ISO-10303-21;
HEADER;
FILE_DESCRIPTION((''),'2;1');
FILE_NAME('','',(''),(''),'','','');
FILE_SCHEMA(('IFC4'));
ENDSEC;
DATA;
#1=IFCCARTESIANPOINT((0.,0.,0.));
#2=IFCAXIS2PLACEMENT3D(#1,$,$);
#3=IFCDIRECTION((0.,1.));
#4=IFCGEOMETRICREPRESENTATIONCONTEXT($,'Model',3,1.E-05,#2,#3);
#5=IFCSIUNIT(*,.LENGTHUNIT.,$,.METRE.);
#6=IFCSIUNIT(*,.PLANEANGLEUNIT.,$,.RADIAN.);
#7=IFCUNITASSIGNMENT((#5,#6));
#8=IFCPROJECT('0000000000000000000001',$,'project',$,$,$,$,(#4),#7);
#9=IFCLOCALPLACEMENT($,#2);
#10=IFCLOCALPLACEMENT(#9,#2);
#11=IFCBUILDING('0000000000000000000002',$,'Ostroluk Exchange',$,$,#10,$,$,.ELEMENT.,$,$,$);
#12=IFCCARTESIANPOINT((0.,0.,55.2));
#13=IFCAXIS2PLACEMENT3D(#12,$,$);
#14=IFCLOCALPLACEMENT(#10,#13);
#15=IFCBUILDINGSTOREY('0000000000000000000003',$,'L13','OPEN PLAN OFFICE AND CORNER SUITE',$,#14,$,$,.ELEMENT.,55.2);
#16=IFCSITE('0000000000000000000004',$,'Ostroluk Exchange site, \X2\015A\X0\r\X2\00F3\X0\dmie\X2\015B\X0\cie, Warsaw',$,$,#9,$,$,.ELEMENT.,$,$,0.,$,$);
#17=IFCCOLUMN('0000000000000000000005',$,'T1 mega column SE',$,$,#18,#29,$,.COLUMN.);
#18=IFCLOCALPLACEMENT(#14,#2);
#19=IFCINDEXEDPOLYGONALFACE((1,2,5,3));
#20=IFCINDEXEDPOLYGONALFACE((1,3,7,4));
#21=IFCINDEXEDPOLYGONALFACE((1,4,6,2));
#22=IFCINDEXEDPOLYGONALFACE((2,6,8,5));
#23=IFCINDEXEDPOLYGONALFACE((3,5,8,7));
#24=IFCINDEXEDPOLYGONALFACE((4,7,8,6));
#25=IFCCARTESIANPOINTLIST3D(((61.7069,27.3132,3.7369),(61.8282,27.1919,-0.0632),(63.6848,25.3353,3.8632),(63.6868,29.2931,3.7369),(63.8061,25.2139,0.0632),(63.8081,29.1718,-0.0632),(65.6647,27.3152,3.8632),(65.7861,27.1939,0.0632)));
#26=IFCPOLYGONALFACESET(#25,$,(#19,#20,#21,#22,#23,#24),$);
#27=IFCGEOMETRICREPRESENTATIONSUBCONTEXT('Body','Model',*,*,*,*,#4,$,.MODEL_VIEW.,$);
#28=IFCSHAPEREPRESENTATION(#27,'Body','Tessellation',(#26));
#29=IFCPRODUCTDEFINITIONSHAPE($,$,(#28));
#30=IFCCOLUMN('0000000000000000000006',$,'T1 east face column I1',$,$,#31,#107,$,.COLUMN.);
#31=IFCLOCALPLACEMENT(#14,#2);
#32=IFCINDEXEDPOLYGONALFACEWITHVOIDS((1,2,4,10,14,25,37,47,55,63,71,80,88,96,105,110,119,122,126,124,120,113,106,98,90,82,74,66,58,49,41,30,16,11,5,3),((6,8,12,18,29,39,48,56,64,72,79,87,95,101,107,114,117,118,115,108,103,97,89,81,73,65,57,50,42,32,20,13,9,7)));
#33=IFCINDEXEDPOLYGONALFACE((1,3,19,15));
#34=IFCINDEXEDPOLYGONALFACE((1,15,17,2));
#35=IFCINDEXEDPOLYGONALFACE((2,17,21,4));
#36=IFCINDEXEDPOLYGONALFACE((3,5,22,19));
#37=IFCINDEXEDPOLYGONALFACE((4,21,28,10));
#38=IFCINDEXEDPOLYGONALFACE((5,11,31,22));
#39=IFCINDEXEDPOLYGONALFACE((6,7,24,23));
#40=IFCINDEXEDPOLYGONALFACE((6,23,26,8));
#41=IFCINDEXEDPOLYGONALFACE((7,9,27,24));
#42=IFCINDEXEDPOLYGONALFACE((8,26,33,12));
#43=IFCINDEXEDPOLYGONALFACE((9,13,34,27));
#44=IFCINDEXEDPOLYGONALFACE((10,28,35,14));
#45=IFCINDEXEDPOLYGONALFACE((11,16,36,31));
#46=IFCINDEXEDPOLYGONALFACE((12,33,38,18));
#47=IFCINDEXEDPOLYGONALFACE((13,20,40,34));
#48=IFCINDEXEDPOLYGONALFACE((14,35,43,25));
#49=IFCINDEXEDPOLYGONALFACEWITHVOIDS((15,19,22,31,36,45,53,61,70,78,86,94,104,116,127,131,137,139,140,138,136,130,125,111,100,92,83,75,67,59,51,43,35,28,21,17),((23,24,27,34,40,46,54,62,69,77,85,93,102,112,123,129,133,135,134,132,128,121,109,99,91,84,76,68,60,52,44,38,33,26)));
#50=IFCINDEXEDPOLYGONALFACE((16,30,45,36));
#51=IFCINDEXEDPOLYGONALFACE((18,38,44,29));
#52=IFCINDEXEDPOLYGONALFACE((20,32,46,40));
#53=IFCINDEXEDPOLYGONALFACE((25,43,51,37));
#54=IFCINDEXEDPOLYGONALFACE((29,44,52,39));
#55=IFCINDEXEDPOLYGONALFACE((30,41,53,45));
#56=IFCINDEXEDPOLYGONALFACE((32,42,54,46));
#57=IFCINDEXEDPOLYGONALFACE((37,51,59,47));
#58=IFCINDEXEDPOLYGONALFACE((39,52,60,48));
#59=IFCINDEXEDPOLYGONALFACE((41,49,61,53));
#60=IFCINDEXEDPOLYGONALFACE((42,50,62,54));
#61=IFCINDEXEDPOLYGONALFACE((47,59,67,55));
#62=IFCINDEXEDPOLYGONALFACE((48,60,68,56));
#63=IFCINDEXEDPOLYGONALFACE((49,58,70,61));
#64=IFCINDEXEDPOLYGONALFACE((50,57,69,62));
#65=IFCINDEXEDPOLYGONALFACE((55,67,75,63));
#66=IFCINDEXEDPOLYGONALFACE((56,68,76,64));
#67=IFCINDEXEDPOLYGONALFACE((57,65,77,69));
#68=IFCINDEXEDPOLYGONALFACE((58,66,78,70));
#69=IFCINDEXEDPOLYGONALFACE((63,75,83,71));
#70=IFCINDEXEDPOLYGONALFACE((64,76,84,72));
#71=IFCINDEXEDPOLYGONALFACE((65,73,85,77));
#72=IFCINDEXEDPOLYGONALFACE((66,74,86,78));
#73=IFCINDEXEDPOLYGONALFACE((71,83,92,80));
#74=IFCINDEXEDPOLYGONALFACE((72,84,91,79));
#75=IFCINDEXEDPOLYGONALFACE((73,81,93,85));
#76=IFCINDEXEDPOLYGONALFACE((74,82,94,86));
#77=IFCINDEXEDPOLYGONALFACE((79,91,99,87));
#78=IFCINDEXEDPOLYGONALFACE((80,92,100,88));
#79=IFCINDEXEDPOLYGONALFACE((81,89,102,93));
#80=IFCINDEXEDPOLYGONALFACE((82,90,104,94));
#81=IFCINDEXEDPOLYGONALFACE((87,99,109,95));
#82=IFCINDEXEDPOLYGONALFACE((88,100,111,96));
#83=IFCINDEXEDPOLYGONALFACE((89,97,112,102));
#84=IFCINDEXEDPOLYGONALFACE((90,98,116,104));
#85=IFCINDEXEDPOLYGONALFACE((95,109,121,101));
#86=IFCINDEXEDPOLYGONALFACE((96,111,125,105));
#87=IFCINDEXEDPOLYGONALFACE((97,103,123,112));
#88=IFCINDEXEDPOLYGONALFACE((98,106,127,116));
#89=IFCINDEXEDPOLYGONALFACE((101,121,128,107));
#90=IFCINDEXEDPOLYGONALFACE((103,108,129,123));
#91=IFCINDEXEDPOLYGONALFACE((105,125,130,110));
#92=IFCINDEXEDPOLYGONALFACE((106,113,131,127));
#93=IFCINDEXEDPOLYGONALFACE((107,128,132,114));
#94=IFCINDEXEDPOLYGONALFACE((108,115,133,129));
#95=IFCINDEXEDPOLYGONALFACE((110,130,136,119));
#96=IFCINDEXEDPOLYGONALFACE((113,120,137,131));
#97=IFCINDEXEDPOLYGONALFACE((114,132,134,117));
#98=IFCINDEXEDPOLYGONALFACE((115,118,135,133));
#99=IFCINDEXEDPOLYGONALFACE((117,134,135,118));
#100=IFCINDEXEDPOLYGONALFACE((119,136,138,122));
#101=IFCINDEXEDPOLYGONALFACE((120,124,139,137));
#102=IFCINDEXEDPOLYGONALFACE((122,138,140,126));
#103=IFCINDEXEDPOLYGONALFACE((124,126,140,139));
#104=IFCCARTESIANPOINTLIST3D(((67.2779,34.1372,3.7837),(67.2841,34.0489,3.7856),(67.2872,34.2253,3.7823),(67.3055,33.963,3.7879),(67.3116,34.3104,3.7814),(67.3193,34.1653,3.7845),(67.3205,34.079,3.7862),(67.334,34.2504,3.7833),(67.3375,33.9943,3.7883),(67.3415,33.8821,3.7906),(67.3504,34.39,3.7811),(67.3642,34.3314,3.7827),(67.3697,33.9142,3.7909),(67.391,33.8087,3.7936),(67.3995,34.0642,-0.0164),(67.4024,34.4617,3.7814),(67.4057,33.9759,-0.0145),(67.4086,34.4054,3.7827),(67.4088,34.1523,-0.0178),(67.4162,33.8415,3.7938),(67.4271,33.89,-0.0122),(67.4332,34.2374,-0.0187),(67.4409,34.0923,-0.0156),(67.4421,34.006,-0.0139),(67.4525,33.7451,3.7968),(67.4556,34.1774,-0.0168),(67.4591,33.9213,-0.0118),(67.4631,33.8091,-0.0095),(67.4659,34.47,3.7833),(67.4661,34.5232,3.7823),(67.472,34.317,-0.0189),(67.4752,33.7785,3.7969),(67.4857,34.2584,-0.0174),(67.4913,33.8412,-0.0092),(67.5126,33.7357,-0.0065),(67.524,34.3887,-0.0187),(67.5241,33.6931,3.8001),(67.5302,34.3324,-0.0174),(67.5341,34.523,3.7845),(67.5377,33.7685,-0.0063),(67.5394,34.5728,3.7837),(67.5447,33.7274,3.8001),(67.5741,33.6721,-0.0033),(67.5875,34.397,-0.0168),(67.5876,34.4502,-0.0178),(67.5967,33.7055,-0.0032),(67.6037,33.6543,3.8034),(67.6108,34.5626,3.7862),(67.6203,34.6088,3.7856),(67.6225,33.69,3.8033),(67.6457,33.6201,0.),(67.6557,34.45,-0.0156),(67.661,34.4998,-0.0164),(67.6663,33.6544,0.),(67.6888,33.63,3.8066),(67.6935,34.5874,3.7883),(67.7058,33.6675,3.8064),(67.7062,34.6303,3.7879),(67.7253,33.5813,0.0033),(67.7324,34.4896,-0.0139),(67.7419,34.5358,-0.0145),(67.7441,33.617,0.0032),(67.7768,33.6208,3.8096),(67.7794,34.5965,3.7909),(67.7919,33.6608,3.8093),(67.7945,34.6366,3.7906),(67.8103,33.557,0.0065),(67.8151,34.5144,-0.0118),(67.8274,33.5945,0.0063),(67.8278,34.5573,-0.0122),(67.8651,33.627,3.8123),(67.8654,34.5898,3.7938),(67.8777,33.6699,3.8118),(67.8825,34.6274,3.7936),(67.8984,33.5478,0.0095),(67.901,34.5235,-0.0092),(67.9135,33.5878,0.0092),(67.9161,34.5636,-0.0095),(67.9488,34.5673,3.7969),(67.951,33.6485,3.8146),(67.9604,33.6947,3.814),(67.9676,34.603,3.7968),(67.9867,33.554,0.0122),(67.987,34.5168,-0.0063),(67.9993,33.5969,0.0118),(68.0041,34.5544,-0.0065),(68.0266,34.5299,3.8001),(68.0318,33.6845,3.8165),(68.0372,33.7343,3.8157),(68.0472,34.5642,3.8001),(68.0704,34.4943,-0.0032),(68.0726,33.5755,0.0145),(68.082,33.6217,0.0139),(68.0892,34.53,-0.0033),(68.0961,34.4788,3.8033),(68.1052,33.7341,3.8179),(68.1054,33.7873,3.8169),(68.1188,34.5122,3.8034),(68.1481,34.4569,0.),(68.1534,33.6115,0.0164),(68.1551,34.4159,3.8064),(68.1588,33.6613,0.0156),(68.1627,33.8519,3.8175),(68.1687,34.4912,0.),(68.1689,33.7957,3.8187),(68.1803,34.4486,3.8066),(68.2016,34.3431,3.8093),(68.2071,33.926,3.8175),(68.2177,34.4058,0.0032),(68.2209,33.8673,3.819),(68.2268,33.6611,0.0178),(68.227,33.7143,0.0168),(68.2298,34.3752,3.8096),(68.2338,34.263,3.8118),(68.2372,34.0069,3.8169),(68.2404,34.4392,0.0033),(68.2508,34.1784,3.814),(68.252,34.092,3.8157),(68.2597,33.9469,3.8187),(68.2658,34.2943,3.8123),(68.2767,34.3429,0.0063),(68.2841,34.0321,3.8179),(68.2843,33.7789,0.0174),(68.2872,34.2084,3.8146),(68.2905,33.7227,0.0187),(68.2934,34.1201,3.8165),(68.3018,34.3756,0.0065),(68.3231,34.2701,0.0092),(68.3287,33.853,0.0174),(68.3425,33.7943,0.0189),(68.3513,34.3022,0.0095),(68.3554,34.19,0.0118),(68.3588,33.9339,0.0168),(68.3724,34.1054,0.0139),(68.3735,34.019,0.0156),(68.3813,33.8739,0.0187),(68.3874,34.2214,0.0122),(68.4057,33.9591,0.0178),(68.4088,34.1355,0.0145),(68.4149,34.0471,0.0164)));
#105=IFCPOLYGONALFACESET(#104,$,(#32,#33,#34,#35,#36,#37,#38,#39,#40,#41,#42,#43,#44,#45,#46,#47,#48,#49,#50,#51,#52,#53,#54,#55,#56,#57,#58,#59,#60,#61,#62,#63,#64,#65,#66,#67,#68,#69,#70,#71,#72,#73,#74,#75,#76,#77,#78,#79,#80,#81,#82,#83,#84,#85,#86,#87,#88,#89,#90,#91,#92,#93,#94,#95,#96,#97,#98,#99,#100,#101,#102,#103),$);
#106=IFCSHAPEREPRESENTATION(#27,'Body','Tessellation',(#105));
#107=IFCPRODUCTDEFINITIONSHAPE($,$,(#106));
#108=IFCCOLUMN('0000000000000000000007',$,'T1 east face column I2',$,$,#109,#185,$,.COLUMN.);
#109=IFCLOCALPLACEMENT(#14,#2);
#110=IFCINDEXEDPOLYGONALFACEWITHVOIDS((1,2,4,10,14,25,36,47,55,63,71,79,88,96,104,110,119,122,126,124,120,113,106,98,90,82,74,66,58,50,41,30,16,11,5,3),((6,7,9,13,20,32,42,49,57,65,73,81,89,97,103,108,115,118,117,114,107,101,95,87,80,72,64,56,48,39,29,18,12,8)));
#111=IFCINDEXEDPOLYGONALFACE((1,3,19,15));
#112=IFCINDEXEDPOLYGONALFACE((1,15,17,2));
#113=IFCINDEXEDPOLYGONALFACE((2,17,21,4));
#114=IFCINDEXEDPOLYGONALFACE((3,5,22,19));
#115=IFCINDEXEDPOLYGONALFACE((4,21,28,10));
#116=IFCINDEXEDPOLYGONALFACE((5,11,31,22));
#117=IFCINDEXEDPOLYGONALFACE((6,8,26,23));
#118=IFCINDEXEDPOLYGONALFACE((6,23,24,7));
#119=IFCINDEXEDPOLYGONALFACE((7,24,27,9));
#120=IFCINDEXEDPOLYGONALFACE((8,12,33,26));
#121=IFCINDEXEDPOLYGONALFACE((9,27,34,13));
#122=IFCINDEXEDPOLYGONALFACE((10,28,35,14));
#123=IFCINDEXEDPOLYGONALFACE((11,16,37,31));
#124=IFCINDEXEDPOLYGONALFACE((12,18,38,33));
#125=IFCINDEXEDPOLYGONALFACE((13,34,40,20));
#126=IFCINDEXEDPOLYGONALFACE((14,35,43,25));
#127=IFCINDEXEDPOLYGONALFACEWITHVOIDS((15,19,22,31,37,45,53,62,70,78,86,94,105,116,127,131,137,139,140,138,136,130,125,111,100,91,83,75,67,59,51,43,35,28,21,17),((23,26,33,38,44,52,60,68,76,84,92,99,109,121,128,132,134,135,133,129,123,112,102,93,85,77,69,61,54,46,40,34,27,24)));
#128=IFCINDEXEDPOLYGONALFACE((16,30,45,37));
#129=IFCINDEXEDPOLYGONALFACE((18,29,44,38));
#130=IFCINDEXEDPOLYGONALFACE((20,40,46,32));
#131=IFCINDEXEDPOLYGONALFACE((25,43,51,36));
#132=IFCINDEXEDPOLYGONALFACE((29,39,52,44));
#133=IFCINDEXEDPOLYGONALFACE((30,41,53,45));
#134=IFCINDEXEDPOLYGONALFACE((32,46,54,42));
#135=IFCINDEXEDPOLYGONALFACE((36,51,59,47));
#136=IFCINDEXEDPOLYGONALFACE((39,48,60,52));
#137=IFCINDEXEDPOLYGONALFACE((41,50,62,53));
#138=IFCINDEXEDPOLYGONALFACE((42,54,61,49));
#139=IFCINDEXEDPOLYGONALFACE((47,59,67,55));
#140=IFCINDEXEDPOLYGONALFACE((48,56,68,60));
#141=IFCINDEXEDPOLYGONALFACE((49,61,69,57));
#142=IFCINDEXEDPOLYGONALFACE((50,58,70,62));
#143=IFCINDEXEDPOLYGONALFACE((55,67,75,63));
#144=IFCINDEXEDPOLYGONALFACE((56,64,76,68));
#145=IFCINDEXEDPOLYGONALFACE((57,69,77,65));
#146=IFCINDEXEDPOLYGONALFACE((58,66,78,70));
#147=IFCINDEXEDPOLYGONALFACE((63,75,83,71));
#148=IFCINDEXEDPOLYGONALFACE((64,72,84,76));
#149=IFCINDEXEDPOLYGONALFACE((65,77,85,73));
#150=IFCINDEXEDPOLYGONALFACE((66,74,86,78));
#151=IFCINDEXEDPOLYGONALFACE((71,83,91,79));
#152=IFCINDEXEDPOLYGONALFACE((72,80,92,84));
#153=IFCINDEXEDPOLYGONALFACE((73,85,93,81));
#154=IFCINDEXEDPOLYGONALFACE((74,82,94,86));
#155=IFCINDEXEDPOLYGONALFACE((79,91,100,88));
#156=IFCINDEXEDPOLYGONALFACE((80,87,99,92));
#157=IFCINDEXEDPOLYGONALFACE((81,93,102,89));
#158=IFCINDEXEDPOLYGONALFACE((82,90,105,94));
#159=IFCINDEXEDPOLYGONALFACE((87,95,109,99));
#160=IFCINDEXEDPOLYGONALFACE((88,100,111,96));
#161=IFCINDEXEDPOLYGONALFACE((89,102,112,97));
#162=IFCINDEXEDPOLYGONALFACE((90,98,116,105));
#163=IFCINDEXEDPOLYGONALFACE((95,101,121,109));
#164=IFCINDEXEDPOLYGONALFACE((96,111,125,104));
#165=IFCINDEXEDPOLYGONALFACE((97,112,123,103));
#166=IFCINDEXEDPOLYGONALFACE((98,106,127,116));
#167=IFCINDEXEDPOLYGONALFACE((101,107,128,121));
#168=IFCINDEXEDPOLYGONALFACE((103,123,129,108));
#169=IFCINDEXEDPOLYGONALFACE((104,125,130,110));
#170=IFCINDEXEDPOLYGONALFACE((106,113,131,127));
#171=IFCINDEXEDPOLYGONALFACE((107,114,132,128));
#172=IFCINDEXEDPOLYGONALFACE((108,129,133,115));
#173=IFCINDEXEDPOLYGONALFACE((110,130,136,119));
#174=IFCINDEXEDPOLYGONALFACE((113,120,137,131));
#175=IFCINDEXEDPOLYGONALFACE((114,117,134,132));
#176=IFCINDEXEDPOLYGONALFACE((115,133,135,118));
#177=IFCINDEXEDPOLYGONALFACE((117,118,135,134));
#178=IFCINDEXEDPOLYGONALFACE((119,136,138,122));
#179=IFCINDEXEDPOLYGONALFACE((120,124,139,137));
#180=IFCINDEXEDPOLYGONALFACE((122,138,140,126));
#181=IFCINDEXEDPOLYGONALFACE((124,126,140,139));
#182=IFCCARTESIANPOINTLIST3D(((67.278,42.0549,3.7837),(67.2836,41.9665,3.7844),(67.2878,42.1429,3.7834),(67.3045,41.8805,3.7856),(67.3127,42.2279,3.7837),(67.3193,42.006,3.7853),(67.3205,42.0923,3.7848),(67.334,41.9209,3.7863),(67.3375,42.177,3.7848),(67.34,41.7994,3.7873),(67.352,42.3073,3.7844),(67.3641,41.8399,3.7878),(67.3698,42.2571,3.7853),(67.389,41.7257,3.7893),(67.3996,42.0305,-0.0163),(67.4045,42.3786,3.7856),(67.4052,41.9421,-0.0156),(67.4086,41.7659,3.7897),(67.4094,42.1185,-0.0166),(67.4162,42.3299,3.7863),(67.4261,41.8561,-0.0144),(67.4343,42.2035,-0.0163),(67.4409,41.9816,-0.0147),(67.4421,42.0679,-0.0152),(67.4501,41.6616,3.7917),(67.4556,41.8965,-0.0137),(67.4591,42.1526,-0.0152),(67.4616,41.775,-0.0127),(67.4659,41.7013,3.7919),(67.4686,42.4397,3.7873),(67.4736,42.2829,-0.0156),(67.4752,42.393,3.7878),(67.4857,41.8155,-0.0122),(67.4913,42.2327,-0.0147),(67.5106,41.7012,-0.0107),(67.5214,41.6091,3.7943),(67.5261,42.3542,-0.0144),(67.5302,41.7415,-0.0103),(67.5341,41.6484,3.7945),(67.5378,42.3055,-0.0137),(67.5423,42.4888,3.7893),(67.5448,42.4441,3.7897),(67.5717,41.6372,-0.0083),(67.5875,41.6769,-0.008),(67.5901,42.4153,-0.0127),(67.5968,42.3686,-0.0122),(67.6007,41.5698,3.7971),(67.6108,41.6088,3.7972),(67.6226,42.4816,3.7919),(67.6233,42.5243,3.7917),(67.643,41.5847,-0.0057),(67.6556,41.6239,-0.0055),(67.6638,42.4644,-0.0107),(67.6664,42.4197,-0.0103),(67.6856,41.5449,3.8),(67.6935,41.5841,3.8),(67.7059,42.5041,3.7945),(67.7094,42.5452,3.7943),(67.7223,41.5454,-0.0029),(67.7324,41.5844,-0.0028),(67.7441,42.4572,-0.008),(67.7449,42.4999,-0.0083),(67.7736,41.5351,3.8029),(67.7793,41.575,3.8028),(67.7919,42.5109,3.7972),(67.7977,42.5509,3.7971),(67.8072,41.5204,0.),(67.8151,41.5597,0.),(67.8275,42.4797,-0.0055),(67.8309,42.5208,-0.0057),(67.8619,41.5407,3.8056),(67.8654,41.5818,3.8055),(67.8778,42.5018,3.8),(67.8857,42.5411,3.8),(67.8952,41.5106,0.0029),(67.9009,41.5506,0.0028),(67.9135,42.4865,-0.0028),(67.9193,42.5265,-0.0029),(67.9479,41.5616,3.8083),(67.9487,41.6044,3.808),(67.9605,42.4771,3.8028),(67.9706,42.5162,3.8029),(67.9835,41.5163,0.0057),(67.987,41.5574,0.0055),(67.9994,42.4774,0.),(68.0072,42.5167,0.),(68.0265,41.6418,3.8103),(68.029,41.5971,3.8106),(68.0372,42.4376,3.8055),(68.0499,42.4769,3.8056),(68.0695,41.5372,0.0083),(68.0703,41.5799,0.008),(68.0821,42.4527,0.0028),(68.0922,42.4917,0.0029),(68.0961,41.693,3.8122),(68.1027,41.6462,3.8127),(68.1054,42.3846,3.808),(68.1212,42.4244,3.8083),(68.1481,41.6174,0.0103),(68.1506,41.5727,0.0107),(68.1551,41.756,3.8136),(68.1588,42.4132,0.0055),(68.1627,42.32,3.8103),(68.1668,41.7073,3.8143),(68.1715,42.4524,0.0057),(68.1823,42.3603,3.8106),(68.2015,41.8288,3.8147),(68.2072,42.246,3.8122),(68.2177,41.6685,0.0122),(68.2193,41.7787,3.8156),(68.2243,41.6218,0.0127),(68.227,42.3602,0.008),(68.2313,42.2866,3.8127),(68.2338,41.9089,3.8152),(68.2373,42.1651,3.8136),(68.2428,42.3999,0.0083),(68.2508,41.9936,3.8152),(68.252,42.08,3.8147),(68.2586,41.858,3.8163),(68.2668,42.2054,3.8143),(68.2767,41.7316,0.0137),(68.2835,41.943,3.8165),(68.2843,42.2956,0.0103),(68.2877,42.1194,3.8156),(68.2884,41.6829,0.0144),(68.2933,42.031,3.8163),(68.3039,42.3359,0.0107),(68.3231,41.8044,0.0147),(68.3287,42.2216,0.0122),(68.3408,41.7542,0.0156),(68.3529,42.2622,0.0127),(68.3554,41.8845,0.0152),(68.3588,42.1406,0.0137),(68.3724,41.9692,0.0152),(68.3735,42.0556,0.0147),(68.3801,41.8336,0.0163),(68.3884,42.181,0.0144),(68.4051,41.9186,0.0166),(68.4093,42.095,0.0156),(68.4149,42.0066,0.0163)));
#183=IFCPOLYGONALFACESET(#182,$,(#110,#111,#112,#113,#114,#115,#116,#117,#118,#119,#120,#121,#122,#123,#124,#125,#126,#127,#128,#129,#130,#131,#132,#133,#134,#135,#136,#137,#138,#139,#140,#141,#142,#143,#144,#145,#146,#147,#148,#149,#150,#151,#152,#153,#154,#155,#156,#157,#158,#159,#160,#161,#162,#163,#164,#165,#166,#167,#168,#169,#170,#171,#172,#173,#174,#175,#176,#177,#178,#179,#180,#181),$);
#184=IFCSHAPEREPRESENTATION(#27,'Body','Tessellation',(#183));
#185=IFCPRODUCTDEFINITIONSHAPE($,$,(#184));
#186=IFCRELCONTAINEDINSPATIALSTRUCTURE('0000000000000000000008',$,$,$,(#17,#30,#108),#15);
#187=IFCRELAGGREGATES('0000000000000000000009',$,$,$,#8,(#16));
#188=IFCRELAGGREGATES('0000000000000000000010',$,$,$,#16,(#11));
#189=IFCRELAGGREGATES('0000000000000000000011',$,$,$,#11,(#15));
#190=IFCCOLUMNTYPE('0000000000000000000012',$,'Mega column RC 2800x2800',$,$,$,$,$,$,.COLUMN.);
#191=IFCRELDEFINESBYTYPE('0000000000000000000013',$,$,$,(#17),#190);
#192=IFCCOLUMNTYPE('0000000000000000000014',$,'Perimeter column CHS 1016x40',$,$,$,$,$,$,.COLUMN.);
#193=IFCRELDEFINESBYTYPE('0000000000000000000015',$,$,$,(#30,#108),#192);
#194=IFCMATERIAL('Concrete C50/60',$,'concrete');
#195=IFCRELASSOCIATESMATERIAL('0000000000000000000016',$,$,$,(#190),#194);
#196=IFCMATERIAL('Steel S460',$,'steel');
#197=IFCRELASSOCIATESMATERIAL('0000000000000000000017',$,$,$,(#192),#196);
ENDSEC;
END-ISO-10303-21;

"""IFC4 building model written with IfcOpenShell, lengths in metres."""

from ifc_helpers import new_model, si_unit, direction, frame, origin, origin_2d, place, context, subcontext, project, spatial, rectangle, hollow_circle, extrude, material, material_profile, profile_set, type_object, element, save


model = new_model("IFC4")

# Units and contexts
model_context = context("Model", 3, precision=1e-05, world=origin(), true_north=direction((0.0, 1.0)))
body_context = subcontext(model_context, "Body", "Model", "MODEL_VIEW")
ifc_project = project(units=[si_unit("LENGTHUNIT", "METRE"), si_unit("PLANEANGLEUNIT", "RADIAN")], contexts=[model_context])

# Site, building, storey
site_placement = place(None, origin())
site = spatial("IfcSite", under=ifc_project, at=site_placement, Name="Ostroluk Exchange site, Śródmieście, Warsaw", CompositionType="ELEMENT", RefElevation=0.0)
building_placement = place(site_placement, origin())
building = spatial("IfcBuilding", under=site, at=building_placement, Name="Ostroluk Exchange", CompositionType="ELEMENT")
storey_placement = place(building_placement, frame((0.0, 0.0, 55.2)))
storey = spatial("IfcBuildingStorey", under=building, at=storey_placement, Name="L13", Description="OPEN PLAN OFFICE AND CORNER SUITE", CompositionType="ELEMENT", Elevation=55.2)

# Columns
ifc_material_1 = material(Name="Concrete C50/60", Category="concrete")
ifc_material_profile_1 = material_profile(ifc_material_1, rectangle(XDim=2.8, YDim=2.8, at=origin_2d()), Name="RC 2800x2800")
ifc_profile_set_1 = profile_set([ifc_material_profile_1], Name="Concrete C50/60")
column_type_1 = type_object("IfcColumnType", Name="Mega column RC 2800x2800", PredefinedType="COLUMN", material=ifc_profile_set_1)
column_1_placement = place(storey_placement, frame((63.8071, 27.1929, 0.0), z_axis=(-0.031898, 0.031898, 0.998982), x_axis=(-0.707107, -0.707107, 0.0)))
element("IfcColumn", 1, at=column_1_placement, inside=storey, type_object=column_type_1, Name="T1 mega column SE", PredefinedType="COLUMN", context=body_context, shape_type="SweptSolid", body=[
    extrude(rectangle(XDim=2.8, YDim=2.8, at=origin_2d()), origin(), (0.0, 0.0, 1.0), 3.804),
])
ifc_material_2 = material(Name="Steel S460", Category="steel")
ifc_material_profile_2 = material_profile(ifc_material_2, hollow_circle(Radius=0.5081, WallThickness=0.04, at=origin_2d()), Name="CHS 1016x40")
ifc_profile_set_2 = profile_set([ifc_material_profile_2], Name="Steel S460")
column_type_2 = type_object("IfcColumnType", Name="Perimeter column CHS 1016x40", PredefinedType="COLUMN", material=ifc_profile_set_2)
column_2_placement = place(storey_placement, frame((67.9072, 34.0557, 0.0), z_axis=(-0.031973, 0.019196, 0.999304), x_axis=(-0.514749, -0.857341, 0.0)))
element("IfcColumn", 2, at=column_2_placement, inside=storey, type_object=column_type_2, Name="T1 east face column I1", PredefinedType="COLUMN", context=body_context, shape_type="SweptSolid", body=[
    extrude(hollow_circle(Radius=0.5081, WallThickness=0.04, at=origin_2d()), origin(), (0.0, 0.0, 1.0), 3.8027),
])
column_3_placement = place(storey_placement, frame((67.9072, 42.0186, 0.0), z_axis=(-0.031978, 0.006421, 0.999468), x_axis=(-0.196873, -0.980429, 0.0)))
element("IfcColumn", 3, at=column_3_placement, inside=storey, type_object=column_type_2, Name="T1 east face column I2", PredefinedType="COLUMN", context=body_context, shape_type="SweptSolid", body=[
    extrude(hollow_circle(Radius=0.5081, WallThickness=0.04, at=origin_2d()), origin(), (0.0, 0.0, 1.0), 3.802),
])

save(model, "model.ifc")
